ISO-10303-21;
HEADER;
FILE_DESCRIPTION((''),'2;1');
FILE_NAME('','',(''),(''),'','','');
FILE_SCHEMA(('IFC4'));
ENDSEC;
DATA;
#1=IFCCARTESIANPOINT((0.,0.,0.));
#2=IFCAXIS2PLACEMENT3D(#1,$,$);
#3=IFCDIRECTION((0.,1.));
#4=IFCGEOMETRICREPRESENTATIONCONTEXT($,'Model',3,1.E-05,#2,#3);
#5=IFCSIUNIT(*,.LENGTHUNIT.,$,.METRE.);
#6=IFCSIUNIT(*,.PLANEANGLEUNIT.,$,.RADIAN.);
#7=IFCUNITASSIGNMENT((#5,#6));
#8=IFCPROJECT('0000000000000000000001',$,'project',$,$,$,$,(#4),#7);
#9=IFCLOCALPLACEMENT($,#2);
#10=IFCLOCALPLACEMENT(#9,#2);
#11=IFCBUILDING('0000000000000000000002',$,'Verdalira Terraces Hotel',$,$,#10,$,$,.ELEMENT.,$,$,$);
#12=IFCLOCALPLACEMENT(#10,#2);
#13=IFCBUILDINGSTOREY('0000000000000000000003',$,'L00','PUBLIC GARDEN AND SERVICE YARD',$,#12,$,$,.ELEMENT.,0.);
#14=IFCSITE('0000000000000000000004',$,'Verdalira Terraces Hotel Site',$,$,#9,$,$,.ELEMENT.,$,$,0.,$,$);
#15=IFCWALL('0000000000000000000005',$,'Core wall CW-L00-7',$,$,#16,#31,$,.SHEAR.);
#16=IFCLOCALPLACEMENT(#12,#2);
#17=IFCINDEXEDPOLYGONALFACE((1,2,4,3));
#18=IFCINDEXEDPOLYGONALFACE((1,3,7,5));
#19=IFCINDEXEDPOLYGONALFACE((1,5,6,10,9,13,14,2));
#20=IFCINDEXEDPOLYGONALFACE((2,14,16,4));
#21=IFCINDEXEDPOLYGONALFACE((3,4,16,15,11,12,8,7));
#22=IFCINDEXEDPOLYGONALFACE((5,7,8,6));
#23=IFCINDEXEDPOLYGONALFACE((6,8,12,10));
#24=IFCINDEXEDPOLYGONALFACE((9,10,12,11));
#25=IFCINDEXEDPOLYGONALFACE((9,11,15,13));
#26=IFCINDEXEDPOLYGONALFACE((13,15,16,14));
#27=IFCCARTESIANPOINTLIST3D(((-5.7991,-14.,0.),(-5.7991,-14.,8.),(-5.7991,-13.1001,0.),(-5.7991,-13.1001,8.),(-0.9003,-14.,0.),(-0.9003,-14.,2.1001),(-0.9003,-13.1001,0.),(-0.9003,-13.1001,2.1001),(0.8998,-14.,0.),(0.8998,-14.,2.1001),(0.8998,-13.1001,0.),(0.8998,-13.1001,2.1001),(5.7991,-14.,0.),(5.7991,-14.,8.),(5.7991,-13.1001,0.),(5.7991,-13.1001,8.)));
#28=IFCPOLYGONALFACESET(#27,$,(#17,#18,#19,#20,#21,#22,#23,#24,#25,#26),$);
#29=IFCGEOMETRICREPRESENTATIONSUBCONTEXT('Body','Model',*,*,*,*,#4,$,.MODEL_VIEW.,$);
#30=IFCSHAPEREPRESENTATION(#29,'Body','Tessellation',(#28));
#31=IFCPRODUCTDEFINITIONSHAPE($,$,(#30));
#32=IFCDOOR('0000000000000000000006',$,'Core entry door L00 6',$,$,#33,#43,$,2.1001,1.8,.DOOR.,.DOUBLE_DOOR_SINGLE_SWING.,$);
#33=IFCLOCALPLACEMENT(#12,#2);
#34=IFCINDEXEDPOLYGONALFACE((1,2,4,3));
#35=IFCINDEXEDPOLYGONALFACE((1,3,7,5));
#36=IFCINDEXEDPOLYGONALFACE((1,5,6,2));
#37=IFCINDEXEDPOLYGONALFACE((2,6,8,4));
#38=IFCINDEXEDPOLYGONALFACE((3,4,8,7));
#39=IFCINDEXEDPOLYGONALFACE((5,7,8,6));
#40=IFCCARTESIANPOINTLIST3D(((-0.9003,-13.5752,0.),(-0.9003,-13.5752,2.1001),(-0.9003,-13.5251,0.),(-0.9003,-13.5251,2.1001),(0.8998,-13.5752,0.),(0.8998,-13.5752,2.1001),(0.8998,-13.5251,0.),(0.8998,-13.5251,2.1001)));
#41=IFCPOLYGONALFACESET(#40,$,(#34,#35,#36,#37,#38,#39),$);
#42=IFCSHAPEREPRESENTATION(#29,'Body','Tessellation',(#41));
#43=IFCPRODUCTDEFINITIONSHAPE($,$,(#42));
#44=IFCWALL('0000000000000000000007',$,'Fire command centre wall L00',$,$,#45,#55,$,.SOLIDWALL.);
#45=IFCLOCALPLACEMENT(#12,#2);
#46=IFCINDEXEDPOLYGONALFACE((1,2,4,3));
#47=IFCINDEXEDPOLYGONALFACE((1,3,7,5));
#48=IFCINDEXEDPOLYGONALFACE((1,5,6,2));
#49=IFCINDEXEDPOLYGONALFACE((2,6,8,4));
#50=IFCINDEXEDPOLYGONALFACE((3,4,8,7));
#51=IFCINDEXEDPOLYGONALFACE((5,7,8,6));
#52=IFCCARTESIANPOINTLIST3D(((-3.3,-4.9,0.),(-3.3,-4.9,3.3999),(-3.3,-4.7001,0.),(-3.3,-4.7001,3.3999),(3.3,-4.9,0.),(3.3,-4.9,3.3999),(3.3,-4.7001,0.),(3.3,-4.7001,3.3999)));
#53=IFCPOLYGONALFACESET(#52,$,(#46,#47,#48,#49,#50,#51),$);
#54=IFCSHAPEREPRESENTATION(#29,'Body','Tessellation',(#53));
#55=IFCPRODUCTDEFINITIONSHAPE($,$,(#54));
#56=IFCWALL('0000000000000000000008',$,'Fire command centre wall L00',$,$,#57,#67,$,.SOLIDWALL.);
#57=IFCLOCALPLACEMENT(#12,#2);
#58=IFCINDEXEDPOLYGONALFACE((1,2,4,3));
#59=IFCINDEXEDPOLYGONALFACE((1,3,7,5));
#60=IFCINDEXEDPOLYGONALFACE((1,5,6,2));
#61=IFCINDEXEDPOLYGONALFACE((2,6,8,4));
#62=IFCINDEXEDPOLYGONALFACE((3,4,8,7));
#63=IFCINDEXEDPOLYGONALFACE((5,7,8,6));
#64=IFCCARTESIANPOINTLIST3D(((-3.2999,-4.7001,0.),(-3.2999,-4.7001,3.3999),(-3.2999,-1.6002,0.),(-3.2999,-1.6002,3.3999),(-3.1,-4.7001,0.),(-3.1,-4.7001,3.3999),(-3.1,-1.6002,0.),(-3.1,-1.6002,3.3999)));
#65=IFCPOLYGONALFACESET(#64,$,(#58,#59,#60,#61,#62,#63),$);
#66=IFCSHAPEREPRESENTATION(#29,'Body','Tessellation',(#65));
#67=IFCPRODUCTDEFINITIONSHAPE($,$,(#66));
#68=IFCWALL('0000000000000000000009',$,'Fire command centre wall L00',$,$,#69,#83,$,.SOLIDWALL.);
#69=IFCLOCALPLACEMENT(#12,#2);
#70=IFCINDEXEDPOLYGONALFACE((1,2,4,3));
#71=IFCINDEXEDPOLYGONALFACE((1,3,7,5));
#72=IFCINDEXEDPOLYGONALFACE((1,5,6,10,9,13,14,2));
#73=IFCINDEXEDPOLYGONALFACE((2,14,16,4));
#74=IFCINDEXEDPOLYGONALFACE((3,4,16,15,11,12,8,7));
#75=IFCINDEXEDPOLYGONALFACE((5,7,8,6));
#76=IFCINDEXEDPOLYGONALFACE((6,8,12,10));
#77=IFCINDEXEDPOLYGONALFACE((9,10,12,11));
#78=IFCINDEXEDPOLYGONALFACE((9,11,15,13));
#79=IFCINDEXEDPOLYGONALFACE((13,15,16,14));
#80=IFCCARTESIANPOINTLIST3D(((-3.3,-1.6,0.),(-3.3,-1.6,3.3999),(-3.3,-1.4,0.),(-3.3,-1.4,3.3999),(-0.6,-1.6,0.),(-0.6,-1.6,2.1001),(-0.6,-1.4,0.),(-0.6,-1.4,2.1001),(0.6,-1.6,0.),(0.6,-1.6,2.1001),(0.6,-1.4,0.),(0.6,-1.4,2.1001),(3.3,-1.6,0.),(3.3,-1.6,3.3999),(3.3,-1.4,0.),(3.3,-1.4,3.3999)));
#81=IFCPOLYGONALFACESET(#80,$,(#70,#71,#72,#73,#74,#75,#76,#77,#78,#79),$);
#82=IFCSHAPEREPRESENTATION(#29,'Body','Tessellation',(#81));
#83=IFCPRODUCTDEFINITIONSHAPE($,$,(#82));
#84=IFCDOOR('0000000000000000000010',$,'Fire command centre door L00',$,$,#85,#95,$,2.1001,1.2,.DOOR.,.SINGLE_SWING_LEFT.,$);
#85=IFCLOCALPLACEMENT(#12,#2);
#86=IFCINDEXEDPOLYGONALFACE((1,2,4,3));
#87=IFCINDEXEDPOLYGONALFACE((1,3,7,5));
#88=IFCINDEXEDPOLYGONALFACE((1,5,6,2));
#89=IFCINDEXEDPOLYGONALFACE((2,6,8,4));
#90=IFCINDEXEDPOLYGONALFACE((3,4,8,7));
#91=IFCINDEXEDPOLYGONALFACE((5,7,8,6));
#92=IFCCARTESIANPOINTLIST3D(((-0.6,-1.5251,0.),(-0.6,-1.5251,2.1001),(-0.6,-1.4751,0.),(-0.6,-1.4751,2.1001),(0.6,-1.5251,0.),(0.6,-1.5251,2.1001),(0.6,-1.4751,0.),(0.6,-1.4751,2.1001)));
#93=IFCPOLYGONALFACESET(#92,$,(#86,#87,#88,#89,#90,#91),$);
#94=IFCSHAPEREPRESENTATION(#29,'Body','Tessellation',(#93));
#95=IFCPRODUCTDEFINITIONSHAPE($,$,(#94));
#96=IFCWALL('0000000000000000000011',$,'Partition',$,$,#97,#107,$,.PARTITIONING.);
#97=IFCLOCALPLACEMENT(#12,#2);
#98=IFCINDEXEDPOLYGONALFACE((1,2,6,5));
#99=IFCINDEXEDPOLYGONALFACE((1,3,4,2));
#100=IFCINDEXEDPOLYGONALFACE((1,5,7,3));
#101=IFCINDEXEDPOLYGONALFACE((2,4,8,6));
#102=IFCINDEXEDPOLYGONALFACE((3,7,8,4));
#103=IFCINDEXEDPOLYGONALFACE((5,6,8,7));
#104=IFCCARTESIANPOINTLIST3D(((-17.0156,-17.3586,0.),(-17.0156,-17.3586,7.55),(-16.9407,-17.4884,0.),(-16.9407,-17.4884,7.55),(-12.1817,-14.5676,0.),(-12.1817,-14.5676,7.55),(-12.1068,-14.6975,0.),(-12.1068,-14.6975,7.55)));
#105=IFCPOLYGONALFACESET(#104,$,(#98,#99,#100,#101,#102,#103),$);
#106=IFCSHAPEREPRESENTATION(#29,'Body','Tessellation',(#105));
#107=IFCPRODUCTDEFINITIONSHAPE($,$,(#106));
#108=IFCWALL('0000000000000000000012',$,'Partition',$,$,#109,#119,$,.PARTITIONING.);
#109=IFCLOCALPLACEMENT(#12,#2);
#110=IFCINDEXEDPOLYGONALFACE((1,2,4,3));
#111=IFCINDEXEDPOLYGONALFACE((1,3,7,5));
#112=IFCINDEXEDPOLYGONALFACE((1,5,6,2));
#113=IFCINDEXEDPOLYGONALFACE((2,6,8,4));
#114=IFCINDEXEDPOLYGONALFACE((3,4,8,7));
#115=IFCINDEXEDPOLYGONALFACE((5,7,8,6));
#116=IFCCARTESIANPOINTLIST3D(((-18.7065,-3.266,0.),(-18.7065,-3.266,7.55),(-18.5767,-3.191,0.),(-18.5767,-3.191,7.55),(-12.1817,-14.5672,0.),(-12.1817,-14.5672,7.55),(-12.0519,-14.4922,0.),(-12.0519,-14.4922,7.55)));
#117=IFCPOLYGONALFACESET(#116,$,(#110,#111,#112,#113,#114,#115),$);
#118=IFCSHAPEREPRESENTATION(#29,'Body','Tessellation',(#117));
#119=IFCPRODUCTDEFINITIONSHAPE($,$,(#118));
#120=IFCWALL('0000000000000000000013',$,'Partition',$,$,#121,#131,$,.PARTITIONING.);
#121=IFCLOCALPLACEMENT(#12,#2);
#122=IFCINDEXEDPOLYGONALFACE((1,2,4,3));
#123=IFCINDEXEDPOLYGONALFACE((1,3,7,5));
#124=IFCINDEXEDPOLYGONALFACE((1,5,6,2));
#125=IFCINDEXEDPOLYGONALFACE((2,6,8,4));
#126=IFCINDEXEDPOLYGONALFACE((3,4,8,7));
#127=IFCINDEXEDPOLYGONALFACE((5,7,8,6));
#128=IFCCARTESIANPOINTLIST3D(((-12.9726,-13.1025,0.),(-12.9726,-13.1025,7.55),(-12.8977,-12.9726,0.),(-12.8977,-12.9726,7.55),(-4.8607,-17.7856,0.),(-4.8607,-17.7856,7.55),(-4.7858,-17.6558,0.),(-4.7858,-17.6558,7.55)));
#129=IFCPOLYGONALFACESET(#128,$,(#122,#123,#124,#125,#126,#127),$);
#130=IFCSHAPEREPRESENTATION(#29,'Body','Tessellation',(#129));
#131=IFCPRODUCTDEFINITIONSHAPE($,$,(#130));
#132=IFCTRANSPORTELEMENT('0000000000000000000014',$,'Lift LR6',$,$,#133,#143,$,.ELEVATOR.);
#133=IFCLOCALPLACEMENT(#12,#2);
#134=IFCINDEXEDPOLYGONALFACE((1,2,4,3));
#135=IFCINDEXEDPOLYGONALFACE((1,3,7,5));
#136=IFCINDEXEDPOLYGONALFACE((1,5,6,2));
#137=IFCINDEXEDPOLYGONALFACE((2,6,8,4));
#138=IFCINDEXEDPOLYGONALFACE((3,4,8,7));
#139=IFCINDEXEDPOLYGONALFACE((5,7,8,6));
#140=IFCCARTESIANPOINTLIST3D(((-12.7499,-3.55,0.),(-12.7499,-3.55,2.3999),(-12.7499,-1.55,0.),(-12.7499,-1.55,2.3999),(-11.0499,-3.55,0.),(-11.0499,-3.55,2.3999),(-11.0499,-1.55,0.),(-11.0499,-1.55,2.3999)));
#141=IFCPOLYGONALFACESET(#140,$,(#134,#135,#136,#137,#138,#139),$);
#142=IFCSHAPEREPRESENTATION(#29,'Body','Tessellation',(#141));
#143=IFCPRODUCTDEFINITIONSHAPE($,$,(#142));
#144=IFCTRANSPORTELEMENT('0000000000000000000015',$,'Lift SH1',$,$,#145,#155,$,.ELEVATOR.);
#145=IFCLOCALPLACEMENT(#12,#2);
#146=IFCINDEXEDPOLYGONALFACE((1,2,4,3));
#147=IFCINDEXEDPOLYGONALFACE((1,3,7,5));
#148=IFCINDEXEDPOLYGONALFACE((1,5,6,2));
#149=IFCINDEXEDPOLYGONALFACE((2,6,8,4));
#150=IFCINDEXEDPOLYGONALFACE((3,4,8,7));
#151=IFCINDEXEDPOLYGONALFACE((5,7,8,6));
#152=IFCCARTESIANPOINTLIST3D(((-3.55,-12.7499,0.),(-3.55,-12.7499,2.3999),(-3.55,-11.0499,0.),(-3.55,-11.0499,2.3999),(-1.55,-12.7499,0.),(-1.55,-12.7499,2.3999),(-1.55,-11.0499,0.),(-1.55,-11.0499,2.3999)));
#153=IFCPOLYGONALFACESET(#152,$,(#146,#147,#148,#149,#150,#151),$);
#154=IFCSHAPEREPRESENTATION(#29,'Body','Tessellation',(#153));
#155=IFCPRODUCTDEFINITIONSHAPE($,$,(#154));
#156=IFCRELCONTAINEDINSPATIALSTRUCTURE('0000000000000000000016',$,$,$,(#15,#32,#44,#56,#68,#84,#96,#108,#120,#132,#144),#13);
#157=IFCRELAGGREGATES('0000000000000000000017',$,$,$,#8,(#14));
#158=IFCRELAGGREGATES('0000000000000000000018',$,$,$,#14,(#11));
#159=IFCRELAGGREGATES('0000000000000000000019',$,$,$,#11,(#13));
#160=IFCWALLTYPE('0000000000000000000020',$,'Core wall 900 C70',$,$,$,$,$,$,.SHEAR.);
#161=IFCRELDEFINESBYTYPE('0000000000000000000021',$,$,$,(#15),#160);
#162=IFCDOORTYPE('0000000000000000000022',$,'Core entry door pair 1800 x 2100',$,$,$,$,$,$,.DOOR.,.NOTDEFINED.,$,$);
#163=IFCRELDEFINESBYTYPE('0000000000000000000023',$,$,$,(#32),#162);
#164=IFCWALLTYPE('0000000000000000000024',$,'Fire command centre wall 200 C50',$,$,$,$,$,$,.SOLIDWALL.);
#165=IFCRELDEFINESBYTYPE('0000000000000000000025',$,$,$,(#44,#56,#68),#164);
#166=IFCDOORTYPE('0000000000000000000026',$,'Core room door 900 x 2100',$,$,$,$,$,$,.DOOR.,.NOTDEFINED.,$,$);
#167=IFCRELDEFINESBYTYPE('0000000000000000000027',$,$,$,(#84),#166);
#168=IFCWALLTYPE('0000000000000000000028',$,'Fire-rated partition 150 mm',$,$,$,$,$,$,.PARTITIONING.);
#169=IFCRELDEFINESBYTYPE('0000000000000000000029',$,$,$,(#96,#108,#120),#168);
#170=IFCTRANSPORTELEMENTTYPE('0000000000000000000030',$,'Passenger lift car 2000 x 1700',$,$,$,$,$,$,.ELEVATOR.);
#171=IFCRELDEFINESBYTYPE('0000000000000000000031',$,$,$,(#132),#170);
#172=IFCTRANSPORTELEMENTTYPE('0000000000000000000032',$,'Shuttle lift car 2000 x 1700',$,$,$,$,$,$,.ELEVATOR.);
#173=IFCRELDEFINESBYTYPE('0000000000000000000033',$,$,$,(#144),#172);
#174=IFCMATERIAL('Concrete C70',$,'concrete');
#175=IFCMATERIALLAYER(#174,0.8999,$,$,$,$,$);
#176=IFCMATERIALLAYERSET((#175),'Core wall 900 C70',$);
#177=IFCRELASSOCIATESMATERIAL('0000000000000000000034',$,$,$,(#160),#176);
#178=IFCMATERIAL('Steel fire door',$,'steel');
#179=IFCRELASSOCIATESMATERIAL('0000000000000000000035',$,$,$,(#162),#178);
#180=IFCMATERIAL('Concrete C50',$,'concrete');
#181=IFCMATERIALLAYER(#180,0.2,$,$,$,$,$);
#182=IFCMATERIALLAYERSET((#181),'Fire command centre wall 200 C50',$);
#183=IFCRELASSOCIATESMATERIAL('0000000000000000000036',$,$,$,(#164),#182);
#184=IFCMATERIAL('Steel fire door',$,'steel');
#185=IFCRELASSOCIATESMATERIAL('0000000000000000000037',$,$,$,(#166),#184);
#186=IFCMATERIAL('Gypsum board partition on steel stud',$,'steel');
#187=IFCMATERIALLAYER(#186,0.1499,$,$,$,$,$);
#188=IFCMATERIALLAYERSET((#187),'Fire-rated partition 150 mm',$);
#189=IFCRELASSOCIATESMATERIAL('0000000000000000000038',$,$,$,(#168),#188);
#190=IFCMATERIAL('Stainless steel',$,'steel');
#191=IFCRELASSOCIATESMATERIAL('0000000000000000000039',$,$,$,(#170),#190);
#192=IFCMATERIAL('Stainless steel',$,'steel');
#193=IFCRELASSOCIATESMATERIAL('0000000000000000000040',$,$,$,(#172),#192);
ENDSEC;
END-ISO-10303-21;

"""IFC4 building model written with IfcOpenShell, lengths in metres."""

from ifc_helpers import new_model, si_unit, direction, frame, frame_2d, origin, origin_2d, place, context, subcontext, project, spatial, rectangle, extrude, material, layer, layer_set, type_object, element, fill, save


model = new_model("IFC4")

# Units and contexts
model_context = context("Model", 3, precision=1e-05, world=origin(), true_north=direction((0.0, 1.0)))
body_context = subcontext(model_context, "Body", "Model", "MODEL_VIEW")
ifc_project = project(units=[si_unit("LENGTHUNIT", "METRE"), si_unit("PLANEANGLEUNIT", "RADIAN")], contexts=[model_context])

# Site, building, storey
site_placement = place(None, origin())
site = spatial("IfcSite", under=ifc_project, at=site_placement, Name="Verdalira Terraces Hotel Site", CompositionType="ELEMENT", RefElevation=0.0)
building_placement = place(site_placement, origin())
building = spatial("IfcBuilding", under=site, at=building_placement, Name="Verdalira Terraces Hotel", CompositionType="ELEMENT")
storey_placement = place(building_placement, origin())
storey = spatial("IfcBuildingStorey", under=building, at=storey_placement, Name="L00", Description="PUBLIC GARDEN AND SERVICE YARD", CompositionType="ELEMENT", Elevation=0.0)

# Wall, opening, door
ifc_material_1 = material(Name="Concrete C70", Category="concrete")
ifc_layer_1 = layer(ifc_material_1, 0.8999)
ifc_layer_set_1 = layer_set([ifc_layer_1], Name="Core wall 900 C70")
wall_type_1 = type_object("IfcWallType", Name="Core wall 900 C70", PredefinedType="SHEAR", material=ifc_layer_set_1)
wall_1_placement = place(storey_placement, frame((-5.7991, -13.55, 0.0), z_axis=(0.0, 0.0, 1.0), x_axis=(1.0, 0.0, 0.0)))
wall_1 = element("IfcWall", 1, at=wall_1_placement, inside=storey, type_object=wall_type_1, Name="Core wall CW-L00-7", PredefinedType="SHEAR", context=body_context, shape_type="SweptSolid", body=[
    extrude(rectangle(XDim=11.5981, YDim=0.8999, at=frame_2d((5.7991, 0.0))), origin(), (0.0, 0.0, 1.0), 8.0),
])
opening_1_placement = place(wall_1_placement, frame((4.8989, 0.0, 0.0)))
opening_1 = element("IfcOpeningElement", 2, at=opening_1_placement, cuts=wall_1, PredefinedType="OPENING", context=body_context, shape_type="SweptSolid", body=[
    extrude(rectangle(XDim=1.8, YDim=2.1001, at=frame_2d((0.8999, 1.05))), frame((0.0, 0.46, 0.0), z_axis=(0.0, -1.0, 0.0), x_axis=(1.0, 0.0, 0.0)), (0.0, 0.0, 1.0), 0.9199),
])
ifc_material_2 = material(Name="Steel fire door", Category="steel")
door_type_1 = type_object("IfcDoorType", Name="Core entry door pair 1800 x 2100", OperationType="NOTDEFINED", PredefinedType="DOOR", material=ifc_material_2)
door_1_placement = place(opening_1_placement, origin())
door_1 = element("IfcDoor", 3, at=door_1_placement, inside=storey, type_object=door_type_1, Name="Core entry door L00 6", OperationType="DOUBLE_DOOR_SINGLE_SWING", OverallHeight=2.1001, OverallWidth=1.8, PredefinedType="DOOR", context=body_context, shape_type="SweptSolid", body=[
    extrude(rectangle(XDim=1.8, YDim=2.1001, at=frame_2d((0.8999, 1.05))), frame((0.0, 0.0249, 0.0), z_axis=(0.0, -1.0, 0.0), x_axis=(1.0, 0.0, 0.0)), (0.0, 0.0, 1.0), 0.05),
])
fill(opening_1, door_1)

# Walls
ifc_material_3 = material(Name="Concrete C50", Category="concrete")
ifc_layer_2 = layer(ifc_material_3, 0.2)
ifc_layer_set_2 = layer_set([ifc_layer_2], Name="Fire command centre wall 200 C50")
wall_type_2 = type_object("IfcWallType", Name="Fire command centre wall 200 C50", PredefinedType="SOLIDWALL", material=ifc_layer_set_2)
wall_2_placement = place(storey_placement, frame((-3.3, -4.8, 0.0), z_axis=(0.0, 0.0, 1.0), x_axis=(1.0, 0.0, 0.0)))
element("IfcWall", 4, at=wall_2_placement, inside=storey, type_object=wall_type_2, Name="Fire command centre wall L00", PredefinedType="SOLIDWALL", context=body_context, shape_type="SweptSolid", body=[
    extrude(rectangle(XDim=6.6001, YDim=0.2, at=frame_2d((3.3, 0.0))), origin(), (0.0, 0.0, 1.0), 3.3999),
])
wall_3_placement = place(storey_placement, frame((-3.2, -4.7, 0.0), z_axis=(0.0, 0.0, 1.0), x_axis=(0.0, 1.0, 0.0)))
element("IfcWall", 5, at=wall_3_placement, inside=storey, type_object=wall_type_2, Name="Fire command centre wall L00", PredefinedType="SOLIDWALL", context=body_context, shape_type="SweptSolid", body=[
    extrude(rectangle(XDim=3.0999, YDim=0.2, at=frame_2d((1.5498, 0.0))), origin(), (0.0, 0.0, 1.0), 3.3999),
])

# Wall, opening, door
wall_4_placement = place(storey_placement, frame((-3.3, -1.5, 0.0), z_axis=(0.0, 0.0, 1.0), x_axis=(1.0, 0.0, 0.0)))
wall_4 = element("IfcWall", 6, at=wall_4_placement, inside=storey, type_object=wall_type_2, Name="Fire command centre wall L00", PredefinedType="SOLIDWALL", context=body_context, shape_type="SweptSolid", body=[
    extrude(rectangle(XDim=6.6001, YDim=0.2, at=frame_2d((3.3, 0.0))), origin(), (0.0, 0.0, 1.0), 3.3999),
])
opening_2_placement = place(wall_4_placement, frame((2.7, 0.0, 0.0)))
opening_2 = element("IfcOpeningElement", 7, at=opening_2_placement, cuts=wall_4, PredefinedType="OPENING", context=body_context, shape_type="SweptSolid", body=[
    extrude(rectangle(XDim=1.2, YDim=2.1001, at=frame_2d((0.6001, 1.05))), frame((0.0, 0.1099, 0.0), z_axis=(0.0, -1.0, 0.0), x_axis=(1.0, 0.0, 0.0)), (0.0, 0.0, 1.0), 0.22),
])
ifc_material_4 = material(Name="Steel fire door", Category="steel")
door_type_2 = type_object("IfcDoorType", Name="Core room door 900 x 2100", OperationType="NOTDEFINED", PredefinedType="DOOR", material=ifc_material_4)
door_2_placement = place(opening_2_placement, origin())
door_2 = element("IfcDoor", 8, at=door_2_placement, inside=storey, type_object=door_type_2, Name="Fire command centre door L00", OperationType="SINGLE_SWING_LEFT", OverallHeight=2.1001, OverallWidth=1.2, PredefinedType="DOOR", context=body_context, shape_type="SweptSolid", body=[
    extrude(rectangle(XDim=1.2, YDim=2.1001, at=frame_2d((0.6001, 1.05))), frame((0.0, 0.0249, 0.0), z_axis=(0.0, -1.0, 0.0), x_axis=(1.0, 0.0, 0.0)), (0.0, 0.0, 1.0), 0.05),
])
fill(opening_2, door_2)

# Walls
ifc_material_5 = material(Name="Gypsum board partition on steel stud", Category="steel")
ifc_layer_3 = layer(ifc_material_5, 0.1499)
ifc_layer_set_3 = layer_set([ifc_layer_3], Name="Fire-rated partition 150 mm")
wall_type_3 = type_object("IfcWallType", Name="Fire-rated partition 150 mm", PredefinedType="PARTITIONING", material=ifc_layer_set_3)
wall_5_placement = place(storey_placement, frame((-16.9783, -17.4236, 0.0), z_axis=(0.0, 0.0, 1.0), x_axis=(0.866017, 0.500015, 0.0)))
element("IfcWall", 9, at=wall_5_placement, inside=storey, type_object=wall_type_3, Name="Partition", PredefinedType="PARTITIONING", context=body_context, shape_type="SweptSolid", body=[
    extrude(rectangle(XDim=5.5818, YDim=0.1499, at=frame_2d((2.791, 0.0))), origin(), (0.0, 0.0, 1.0), 7.55),
])
wall_6_placement = place(storey_placement, frame((-12.1167, -14.5298, 0.0), z_axis=(0.0, 0.0, 1.0), x_axis=(-0.500006, 0.866022, 0.0)))
element("IfcWall", 10, at=wall_6_placement, inside=storey, type_object=wall_type_3, Name="Partition", PredefinedType="PARTITIONING", context=body_context, shape_type="SweptSolid", body=[
    extrude(rectangle(XDim=13.0496, YDim=0.1499, at=frame_2d((6.5249, 0.0))), origin(), (0.0, 0.0, 1.0), 7.55),
])
wall_7_placement = place(storey_placement, frame((-4.8232, -17.7207, 0.0), z_axis=(0.0, 0.0, 1.0), x_axis=(-0.866037, 0.49998, 0.0)))
element("IfcWall", 11, at=wall_7_placement, inside=storey, type_object=wall_type_3, Name="Partition", PredefinedType="PARTITIONING", context=body_context, shape_type="SweptSolid", body=[
    extrude(rectangle(XDim=9.3667, YDim=0.1499, at=frame_2d((4.6833, 0.0))), origin(), (0.0, 0.0, 1.0), 7.55),
])

# Transport elements
ifc_material_6 = material(Name="Stainless steel", Category="steel")
transport_element_type_1 = type_object("IfcTransportElementType", Name="Passenger lift car 2000 x 1700", PredefinedType="ELEVATOR", material=ifc_material_6)
transport_element_1_placement = place(storey_placement, frame((-11.8999, -2.55, 0.0), z_axis=(0.0, 0.0, 1.0), x_axis=(0.0, -1.0, 0.0)))
element("IfcTransportElement", 12, at=transport_element_1_placement, inside=storey, type_object=transport_element_type_1, Name="Lift LR6", PredefinedType="ELEVATOR", context=body_context, shape_type="SweptSolid", body=[
    extrude(rectangle(XDim=2.0, YDim=1.7, at=origin_2d()), origin(), (0.0, 0.0, 1.0), 2.3999),
])
ifc_material_7 = material(Name="Stainless steel", Category="steel")
transport_element_type_2 = type_object("IfcTransportElementType", Name="Shuttle lift car 2000 x 1700", PredefinedType="ELEVATOR", material=ifc_material_7)
transport_element_2_placement = place(storey_placement, frame((-2.55, -11.8999, 0.0), z_axis=(0.0, 0.0, 1.0), x_axis=(1.0, 0.0, 0.0)))
element("IfcTransportElement", 13, at=transport_element_2_placement, inside=storey, type_object=transport_element_type_2, Name="Lift SH1", PredefinedType="ELEVATOR", context=body_context, shape_type="SweptSolid", body=[
    extrude(rectangle(XDim=2.0, YDim=1.7, at=origin_2d()), origin(), (0.0, 0.0, 1.0), 2.3999),
])

save(model, "model.ifc")
